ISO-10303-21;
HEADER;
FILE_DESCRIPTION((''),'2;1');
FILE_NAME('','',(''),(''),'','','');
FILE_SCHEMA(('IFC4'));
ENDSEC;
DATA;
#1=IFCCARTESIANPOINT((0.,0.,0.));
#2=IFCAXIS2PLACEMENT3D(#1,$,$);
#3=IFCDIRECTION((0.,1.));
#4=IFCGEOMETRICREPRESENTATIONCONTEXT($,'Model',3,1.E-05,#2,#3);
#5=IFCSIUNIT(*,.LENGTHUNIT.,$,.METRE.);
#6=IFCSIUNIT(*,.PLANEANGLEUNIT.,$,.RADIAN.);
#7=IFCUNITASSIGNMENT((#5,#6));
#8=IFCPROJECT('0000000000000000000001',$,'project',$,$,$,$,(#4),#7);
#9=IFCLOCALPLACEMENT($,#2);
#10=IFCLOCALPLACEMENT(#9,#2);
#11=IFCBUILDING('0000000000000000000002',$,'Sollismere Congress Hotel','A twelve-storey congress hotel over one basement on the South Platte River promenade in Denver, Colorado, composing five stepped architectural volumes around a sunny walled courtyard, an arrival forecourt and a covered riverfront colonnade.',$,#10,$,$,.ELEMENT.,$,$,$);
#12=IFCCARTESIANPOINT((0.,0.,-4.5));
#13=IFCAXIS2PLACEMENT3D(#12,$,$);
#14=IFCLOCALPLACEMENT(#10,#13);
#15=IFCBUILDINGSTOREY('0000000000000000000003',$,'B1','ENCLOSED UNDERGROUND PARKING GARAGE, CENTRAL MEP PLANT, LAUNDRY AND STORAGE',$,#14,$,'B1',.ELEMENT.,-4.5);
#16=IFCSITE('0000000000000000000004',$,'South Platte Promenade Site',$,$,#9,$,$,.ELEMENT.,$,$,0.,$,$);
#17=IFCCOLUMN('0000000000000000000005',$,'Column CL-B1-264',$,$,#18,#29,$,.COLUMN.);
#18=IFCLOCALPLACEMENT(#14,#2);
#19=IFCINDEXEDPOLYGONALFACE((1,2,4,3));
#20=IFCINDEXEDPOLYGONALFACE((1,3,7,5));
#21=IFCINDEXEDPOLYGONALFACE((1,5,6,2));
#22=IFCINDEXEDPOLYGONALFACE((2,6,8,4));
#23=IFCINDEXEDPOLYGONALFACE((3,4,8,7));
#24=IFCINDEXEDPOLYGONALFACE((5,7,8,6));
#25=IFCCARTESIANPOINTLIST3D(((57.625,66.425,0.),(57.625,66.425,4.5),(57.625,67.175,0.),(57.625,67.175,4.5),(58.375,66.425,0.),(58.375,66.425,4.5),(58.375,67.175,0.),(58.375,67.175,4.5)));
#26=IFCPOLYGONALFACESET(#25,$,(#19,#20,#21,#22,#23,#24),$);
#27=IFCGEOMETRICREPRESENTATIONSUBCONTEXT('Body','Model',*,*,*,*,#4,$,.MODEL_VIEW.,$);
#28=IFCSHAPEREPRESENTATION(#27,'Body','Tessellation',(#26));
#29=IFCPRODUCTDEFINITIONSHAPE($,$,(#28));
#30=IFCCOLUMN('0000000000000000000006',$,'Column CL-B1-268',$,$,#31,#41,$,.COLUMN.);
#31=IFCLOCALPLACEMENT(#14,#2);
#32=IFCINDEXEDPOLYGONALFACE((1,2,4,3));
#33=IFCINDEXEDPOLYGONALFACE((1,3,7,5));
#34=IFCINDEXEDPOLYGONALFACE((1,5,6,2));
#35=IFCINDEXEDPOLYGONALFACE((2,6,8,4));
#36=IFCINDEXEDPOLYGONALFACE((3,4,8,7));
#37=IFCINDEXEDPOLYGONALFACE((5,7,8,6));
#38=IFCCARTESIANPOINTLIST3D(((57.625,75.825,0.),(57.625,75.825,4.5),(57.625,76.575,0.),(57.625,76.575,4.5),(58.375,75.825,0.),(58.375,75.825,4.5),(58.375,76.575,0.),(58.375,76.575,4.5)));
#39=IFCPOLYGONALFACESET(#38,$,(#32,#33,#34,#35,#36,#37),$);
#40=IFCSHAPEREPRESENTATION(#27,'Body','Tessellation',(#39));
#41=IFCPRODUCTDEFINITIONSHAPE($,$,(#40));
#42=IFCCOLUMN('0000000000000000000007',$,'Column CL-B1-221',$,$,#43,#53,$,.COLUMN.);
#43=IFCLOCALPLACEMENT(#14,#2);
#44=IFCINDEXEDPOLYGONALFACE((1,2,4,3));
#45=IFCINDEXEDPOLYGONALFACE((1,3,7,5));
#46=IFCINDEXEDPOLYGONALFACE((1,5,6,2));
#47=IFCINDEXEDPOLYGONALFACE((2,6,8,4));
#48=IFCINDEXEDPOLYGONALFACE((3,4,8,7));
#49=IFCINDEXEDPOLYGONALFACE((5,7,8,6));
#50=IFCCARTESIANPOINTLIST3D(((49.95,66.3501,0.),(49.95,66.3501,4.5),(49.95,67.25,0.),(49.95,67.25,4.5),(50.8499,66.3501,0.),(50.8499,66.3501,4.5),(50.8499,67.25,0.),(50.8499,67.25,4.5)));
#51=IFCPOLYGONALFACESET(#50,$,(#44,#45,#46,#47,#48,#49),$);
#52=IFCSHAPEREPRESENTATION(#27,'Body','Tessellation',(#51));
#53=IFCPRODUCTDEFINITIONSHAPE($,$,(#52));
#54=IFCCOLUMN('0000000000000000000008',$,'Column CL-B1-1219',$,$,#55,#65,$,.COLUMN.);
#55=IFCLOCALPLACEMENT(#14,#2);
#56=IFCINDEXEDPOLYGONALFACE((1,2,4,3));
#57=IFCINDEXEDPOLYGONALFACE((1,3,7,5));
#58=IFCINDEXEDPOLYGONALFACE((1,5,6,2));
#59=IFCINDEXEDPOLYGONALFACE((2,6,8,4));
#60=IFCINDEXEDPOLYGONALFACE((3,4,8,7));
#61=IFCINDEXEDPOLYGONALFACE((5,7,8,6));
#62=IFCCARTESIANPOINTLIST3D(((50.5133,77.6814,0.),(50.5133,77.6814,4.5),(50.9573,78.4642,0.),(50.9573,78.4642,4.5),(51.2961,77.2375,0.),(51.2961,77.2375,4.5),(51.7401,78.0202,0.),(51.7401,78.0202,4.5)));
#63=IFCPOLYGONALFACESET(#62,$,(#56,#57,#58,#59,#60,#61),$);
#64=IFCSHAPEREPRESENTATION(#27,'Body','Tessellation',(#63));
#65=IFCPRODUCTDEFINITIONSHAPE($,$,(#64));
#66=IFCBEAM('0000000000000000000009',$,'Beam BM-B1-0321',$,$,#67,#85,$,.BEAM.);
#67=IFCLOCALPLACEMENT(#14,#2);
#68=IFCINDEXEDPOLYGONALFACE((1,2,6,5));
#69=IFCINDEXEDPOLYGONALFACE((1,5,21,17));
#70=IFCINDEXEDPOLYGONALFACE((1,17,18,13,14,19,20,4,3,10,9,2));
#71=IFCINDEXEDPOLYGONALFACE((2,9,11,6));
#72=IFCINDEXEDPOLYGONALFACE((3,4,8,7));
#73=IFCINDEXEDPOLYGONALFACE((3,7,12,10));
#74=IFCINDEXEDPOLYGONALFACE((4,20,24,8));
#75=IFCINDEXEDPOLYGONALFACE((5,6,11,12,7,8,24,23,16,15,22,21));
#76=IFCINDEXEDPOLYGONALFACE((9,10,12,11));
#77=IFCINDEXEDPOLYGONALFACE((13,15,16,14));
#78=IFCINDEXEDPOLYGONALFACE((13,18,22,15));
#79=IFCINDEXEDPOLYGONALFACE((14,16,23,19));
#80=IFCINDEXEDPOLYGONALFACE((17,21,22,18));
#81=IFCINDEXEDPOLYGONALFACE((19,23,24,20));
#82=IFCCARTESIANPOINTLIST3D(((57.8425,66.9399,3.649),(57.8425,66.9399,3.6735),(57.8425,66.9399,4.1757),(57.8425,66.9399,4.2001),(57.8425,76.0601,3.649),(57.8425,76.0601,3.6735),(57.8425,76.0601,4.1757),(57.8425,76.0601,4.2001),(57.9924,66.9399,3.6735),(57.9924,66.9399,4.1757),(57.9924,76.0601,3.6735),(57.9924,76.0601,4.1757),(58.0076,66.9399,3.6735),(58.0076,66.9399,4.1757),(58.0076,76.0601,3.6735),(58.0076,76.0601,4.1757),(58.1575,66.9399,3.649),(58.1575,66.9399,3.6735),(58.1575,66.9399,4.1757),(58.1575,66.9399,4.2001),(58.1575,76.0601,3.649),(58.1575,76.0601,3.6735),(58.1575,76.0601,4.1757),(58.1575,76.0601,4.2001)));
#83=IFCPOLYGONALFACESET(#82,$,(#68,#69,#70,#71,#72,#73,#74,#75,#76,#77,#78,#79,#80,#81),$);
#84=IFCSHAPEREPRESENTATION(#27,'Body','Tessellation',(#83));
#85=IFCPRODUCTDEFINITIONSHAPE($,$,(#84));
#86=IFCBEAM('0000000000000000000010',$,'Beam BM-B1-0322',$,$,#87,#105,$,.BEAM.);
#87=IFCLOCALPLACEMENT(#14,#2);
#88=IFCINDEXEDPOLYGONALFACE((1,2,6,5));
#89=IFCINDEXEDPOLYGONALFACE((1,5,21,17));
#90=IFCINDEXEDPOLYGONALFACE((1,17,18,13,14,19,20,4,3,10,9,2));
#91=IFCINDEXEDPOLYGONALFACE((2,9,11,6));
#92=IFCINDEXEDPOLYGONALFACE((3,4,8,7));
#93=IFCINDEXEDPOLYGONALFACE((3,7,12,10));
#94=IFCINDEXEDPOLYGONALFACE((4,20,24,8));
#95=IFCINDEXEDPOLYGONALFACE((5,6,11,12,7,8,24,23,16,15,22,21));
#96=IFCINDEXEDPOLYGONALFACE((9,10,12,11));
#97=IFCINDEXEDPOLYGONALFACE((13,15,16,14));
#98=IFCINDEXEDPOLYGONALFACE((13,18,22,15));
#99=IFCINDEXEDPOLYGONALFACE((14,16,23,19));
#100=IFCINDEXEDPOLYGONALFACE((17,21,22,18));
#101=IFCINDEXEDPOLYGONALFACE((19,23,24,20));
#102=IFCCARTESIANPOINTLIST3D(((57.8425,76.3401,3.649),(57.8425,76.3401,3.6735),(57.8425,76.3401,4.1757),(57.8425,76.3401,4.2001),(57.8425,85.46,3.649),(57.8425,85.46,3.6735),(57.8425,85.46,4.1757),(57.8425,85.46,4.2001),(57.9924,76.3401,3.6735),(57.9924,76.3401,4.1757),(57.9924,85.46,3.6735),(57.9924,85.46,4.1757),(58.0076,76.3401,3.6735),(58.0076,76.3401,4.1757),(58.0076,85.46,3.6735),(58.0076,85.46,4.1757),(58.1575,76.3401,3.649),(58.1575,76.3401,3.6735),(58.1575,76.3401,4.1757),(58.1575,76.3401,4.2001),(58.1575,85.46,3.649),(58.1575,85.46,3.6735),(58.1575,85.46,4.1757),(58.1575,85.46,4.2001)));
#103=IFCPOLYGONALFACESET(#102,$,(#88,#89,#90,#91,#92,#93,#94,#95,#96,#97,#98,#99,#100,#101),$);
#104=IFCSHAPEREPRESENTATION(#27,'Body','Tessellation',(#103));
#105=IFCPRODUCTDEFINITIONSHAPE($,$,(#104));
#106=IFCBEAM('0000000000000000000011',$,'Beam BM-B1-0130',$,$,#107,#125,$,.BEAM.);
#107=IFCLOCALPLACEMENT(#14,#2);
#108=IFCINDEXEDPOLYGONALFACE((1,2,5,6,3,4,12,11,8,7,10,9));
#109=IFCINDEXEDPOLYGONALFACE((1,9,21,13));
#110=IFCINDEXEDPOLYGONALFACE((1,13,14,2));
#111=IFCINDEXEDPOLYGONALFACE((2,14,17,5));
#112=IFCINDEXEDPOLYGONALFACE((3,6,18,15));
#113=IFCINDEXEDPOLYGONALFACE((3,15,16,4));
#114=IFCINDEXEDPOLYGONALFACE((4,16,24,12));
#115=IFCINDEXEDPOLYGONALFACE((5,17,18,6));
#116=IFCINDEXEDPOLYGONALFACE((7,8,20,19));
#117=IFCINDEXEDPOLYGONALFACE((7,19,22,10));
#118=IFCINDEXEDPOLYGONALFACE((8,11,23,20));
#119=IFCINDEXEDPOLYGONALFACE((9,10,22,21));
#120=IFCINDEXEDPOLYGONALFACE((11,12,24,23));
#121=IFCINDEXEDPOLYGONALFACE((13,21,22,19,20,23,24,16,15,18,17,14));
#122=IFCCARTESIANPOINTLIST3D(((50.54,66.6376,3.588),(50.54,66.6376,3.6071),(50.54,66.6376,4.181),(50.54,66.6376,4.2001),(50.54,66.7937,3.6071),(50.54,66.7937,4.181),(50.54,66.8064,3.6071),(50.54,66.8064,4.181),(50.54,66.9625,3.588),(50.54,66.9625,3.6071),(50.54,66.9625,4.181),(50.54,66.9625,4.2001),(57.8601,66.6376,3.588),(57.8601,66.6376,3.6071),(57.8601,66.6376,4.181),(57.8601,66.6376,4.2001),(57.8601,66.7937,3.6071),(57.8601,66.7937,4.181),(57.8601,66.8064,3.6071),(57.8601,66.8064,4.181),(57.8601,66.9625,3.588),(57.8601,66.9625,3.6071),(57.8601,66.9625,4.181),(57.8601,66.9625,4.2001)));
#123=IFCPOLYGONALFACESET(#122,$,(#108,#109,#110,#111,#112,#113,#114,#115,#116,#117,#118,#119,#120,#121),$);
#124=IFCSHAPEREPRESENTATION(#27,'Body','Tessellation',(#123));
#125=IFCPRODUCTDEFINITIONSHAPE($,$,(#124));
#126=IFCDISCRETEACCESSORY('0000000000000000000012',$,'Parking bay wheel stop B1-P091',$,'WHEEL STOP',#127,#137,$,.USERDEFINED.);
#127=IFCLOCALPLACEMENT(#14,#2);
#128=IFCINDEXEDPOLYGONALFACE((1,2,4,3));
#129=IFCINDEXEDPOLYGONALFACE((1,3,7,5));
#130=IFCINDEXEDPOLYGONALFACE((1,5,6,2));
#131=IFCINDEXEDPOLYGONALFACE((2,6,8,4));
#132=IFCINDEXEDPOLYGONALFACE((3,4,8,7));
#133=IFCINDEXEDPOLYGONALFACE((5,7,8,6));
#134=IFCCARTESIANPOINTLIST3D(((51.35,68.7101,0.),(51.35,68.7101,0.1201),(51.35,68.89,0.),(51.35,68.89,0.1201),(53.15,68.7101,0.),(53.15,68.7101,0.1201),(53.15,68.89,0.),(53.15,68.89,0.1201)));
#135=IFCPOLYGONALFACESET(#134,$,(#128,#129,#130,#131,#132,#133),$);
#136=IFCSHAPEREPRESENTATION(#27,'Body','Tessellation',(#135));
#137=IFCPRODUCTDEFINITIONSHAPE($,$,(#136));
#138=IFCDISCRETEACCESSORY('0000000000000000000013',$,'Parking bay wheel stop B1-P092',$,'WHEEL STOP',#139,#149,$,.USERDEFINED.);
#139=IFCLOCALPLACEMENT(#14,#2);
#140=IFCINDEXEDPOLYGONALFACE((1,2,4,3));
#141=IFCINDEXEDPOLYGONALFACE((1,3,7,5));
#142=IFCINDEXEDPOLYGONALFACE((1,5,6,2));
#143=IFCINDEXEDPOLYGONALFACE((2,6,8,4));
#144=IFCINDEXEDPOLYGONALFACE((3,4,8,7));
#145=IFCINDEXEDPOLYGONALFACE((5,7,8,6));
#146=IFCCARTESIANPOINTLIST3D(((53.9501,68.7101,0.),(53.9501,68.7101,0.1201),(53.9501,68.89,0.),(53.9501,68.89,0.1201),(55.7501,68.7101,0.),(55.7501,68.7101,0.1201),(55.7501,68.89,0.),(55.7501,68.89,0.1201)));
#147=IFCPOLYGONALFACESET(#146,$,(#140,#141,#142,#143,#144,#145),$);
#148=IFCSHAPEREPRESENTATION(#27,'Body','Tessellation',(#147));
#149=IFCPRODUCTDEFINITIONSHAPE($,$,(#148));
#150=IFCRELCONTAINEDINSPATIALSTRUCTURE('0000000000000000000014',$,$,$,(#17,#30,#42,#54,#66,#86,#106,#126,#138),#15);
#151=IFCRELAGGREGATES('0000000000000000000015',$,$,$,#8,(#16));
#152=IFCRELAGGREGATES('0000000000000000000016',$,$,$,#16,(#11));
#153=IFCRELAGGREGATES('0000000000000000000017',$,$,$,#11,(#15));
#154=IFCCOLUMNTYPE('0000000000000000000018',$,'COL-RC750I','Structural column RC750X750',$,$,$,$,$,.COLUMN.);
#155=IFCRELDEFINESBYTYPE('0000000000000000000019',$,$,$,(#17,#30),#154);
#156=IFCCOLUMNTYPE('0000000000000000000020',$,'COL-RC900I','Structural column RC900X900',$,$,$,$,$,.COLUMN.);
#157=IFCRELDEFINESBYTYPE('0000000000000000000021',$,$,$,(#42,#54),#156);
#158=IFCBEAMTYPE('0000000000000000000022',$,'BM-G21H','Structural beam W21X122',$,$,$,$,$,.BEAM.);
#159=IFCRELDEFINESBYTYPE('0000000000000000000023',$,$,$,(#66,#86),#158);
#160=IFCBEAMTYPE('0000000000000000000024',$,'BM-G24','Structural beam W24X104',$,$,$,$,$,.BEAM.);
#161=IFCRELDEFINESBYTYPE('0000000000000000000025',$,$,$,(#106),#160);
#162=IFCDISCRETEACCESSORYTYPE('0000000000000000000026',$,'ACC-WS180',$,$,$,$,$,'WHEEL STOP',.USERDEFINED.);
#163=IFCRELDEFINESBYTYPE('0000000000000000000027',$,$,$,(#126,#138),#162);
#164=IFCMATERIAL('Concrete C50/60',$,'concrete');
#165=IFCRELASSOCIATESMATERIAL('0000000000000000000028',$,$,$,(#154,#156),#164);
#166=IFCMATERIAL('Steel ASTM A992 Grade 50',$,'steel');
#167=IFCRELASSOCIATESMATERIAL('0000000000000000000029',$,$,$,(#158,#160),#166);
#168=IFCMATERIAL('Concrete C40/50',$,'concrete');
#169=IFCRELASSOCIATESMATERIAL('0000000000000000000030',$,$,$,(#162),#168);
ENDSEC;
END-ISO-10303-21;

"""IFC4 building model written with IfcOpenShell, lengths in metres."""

from ifc_helpers import new_model, si_unit, direction, frame, origin, origin_2d, place, context, subcontext, project, spatial, rectangle, i_section, extrude, material, material_profile, profile_set, type_object, element, save


model = new_model("IFC4")

# Units and contexts
model_context = context("Model", 3, precision=1e-05, world=origin(), true_north=direction((0.0, 1.0)))
body_context = subcontext(model_context, "Body", "Model", "MODEL_VIEW")
ifc_project = project(units=[si_unit("LENGTHUNIT", "METRE"), si_unit("PLANEANGLEUNIT", "RADIAN")], contexts=[model_context])

# Site, building, storey
site_placement = place(None, origin())
site = spatial("IfcSite", under=ifc_project, at=site_placement, Name="South Platte Promenade Site", CompositionType="ELEMENT", RefElevation=0.0)
building_placement = place(site_placement, origin())
building = spatial("IfcBuilding", under=site, at=building_placement, Name="Sollismere Congress Hotel", Description="A twelve-storey congress hotel over one basement on the South Platte River promenade in Denver, Colorado, composing five stepped architectural volumes around a sunny walled courtyard, an arrival forecourt and a covered riverfront colonnade.", CompositionType="ELEMENT")
storey_placement = place(building_placement, frame((0.0, 0.0, -4.5)))
storey = spatial("IfcBuildingStorey", under=building, at=storey_placement, Name="B1", Description="ENCLOSED UNDERGROUND PARKING GARAGE, CENTRAL MEP PLANT, LAUNDRY AND STORAGE", LongName="B1", CompositionType="ELEMENT", Elevation=-4.5)

# Shared definitions
ifc_material_1 = material(Name="Concrete C40/50", Category="concrete")

# Columns
ifc_material_2 = material(Name="Concrete C50/60", Category="concrete")
ifc_material_profile_1 = material_profile(ifc_material_2, rectangle(XDim=0.75, YDim=0.75, at=origin_2d()), Name="RC750X750")
ifc_profile_set_1 = profile_set([ifc_material_profile_1], Name="Concrete C50/60")
column_type_1 = type_object("IfcColumnType", Name="COL-RC750I", Description="Structural column RC750X750", PredefinedType="COLUMN", material=ifc_profile_set_1)
for number, where, z_axis, x_axis, name in (
    (1, (58.0, 66.8, 0.0), (0.0, 0.0, 1.0), (0.0, 1.0, 0.0), "Column CL-B1-264"),
    (2, (58.0, 76.2, 0.0), (0.0, 0.0, 1.0), (1.0, 0.0, 0.0), "Column CL-B1-268"),
):
    element("IfcColumn", number, at=place(storey_placement, frame(where, z_axis=z_axis, x_axis=x_axis)), inside=storey, type_object=column_type_1, Name=name, PredefinedType="COLUMN", context=body_context, shape_type="SweptSolid", body=[
        extrude(rectangle(XDim=0.75, YDim=0.75, at=origin_2d()), origin(), (0.0, 0.0, 1.0), 4.5),
    ])
ifc_material_profile_2 = material_profile(ifc_material_2, rectangle(XDim=0.8999, YDim=0.8999, at=origin_2d()), Name="RC900X900")
ifc_profile_set_2 = profile_set([ifc_material_profile_2], Name="Concrete C50/60")
column_type_2 = type_object("IfcColumnType", Name="COL-RC900I", Description="Structural column RC900X900", PredefinedType="COLUMN", material=ifc_profile_set_2)
for number, where, z_axis, x_axis, name in (
    (3, (50.3999, 66.8, 0.0), (0.0, 0.0, 1.0), (0.0, 1.0, 0.0), "Column CL-B1-221"),
    (4, (51.1267, 77.8508, 0.0), (0.0, 0.0, 1.0), (0.86984, -0.493335, 0.0), "Column CL-B1-1219"),
):
    element("IfcColumn", number, at=place(storey_placement, frame(where, z_axis=z_axis, x_axis=x_axis)), inside=storey, type_object=column_type_2, Name=name, PredefinedType="COLUMN", context=body_context, shape_type="SweptSolid", body=[
        extrude(rectangle(XDim=0.8999, YDim=0.8999, at=origin_2d()), origin(), (0.0, 0.0, 1.0), 4.5),
    ])

# Beams
ifc_material_3 = material(Name="Steel ASTM A992 Grade 50", Category="steel")
ifc_material_profile_3 = material_profile(ifc_material_3, i_section(OverallWidth=0.3149, OverallDepth=0.551, WebThickness=0.0151, FlangeThickness=0.0244, at=origin_2d()), Name="W21X122")
ifc_profile_set_3 = profile_set([ifc_material_profile_3], Name="Steel ASTM A992 Grade 50")
beam_type_1 = type_object("IfcBeamType", Name="BM-G21H", Description="Structural beam W21X122", PredefinedType="BEAM", material=ifc_profile_set_3)
beam_1_placement = place(storey_placement, frame((58.0, 66.9399, 3.9246), z_axis=(0.0, 1.0, 0.0), x_axis=(-1.0, 0.0, 0.0)))
element("IfcBeam", 5, at=beam_1_placement, inside=storey, type_object=beam_type_1, Name="Beam BM-B1-0321", PredefinedType="BEAM", context=body_context, shape_type="SweptSolid", body=[
    extrude(i_section(OverallWidth=0.3149, OverallDepth=0.551, WebThickness=0.0151, FlangeThickness=0.0244, at=origin_2d()), origin(), (0.0, 0.0, 1.0), 9.1201),
])
beam_2_placement = place(storey_placement, frame((58.0, 76.3401, 3.9246), z_axis=(0.0, 1.0, 0.0), x_axis=(-1.0, 0.0, 0.0)))
element("IfcBeam", 6, at=beam_2_placement, inside=storey, type_object=beam_type_1, Name="Beam BM-B1-0322", PredefinedType="BEAM", context=body_context, shape_type="SweptSolid", body=[
    extrude(i_section(OverallWidth=0.3149, OverallDepth=0.551, WebThickness=0.0151, FlangeThickness=0.0244, at=origin_2d()), origin(), (0.0, 0.0, 1.0), 9.1199),
])
ifc_material_profile_4 = material_profile(ifc_material_3, i_section(OverallWidth=0.325, OverallDepth=0.6121, WebThickness=0.0127, FlangeThickness=0.019, at=origin_2d()), Name="W24X104")
ifc_profile_set_4 = profile_set([ifc_material_profile_4], Name="Steel ASTM A992 Grade 50")
beam_type_2 = type_object("IfcBeamType", Name="BM-G24", Description="Structural beam W24X104", PredefinedType="BEAM", material=ifc_profile_set_4)
beam_3_placement = place(storey_placement, frame((50.54, 66.8, 3.894), z_axis=(1.0, 0.0, 0.0), x_axis=(0.0, 1.0, 0.0)))
element("IfcBeam", 7, at=beam_3_placement, inside=storey, type_object=beam_type_2, Name="Beam BM-B1-0130", PredefinedType="BEAM", context=body_context, shape_type="SweptSolid", body=[
    extrude(i_section(OverallWidth=0.325, OverallDepth=0.6121, WebThickness=0.0127, FlangeThickness=0.019, at=origin_2d()), origin(), (0.0, 0.0, 1.0), 7.3201),
])

# Discrete accessories
discrete_accessory_type = type_object("IfcDiscreteAccessoryType", Name="ACC-WS180", ElementType="WHEEL STOP", PredefinedType="USERDEFINED", material=ifc_material_1)
for number, where, z_axis, x_axis, name in (
    (8, (52.25, 68.8, 0.0), (0.0, 0.0, 1.0), (1.0, 0.0, 0.0), "Parking bay wheel stop B1-P091"),
    (9, (54.8501, 68.8, 0.0), (0.0, 0.0, 1.0), (1.0, 0.0, 0.0), "Parking bay wheel stop B1-P092"),
):
    element("IfcDiscreteAccessory", number, at=place(storey_placement, frame(where, z_axis=z_axis, x_axis=x_axis)), inside=storey, type_object=discrete_accessory_type, Name=name, ObjectType="WHEEL STOP", PredefinedType="USERDEFINED", context=body_context, shape_type="SweptSolid", body=[
        extrude(rectangle(XDim=1.8, YDim=0.1799, at=origin_2d()), origin(), (0.0, 0.0, 1.0), 0.1201),
    ])

save(model, "model.ifc")
